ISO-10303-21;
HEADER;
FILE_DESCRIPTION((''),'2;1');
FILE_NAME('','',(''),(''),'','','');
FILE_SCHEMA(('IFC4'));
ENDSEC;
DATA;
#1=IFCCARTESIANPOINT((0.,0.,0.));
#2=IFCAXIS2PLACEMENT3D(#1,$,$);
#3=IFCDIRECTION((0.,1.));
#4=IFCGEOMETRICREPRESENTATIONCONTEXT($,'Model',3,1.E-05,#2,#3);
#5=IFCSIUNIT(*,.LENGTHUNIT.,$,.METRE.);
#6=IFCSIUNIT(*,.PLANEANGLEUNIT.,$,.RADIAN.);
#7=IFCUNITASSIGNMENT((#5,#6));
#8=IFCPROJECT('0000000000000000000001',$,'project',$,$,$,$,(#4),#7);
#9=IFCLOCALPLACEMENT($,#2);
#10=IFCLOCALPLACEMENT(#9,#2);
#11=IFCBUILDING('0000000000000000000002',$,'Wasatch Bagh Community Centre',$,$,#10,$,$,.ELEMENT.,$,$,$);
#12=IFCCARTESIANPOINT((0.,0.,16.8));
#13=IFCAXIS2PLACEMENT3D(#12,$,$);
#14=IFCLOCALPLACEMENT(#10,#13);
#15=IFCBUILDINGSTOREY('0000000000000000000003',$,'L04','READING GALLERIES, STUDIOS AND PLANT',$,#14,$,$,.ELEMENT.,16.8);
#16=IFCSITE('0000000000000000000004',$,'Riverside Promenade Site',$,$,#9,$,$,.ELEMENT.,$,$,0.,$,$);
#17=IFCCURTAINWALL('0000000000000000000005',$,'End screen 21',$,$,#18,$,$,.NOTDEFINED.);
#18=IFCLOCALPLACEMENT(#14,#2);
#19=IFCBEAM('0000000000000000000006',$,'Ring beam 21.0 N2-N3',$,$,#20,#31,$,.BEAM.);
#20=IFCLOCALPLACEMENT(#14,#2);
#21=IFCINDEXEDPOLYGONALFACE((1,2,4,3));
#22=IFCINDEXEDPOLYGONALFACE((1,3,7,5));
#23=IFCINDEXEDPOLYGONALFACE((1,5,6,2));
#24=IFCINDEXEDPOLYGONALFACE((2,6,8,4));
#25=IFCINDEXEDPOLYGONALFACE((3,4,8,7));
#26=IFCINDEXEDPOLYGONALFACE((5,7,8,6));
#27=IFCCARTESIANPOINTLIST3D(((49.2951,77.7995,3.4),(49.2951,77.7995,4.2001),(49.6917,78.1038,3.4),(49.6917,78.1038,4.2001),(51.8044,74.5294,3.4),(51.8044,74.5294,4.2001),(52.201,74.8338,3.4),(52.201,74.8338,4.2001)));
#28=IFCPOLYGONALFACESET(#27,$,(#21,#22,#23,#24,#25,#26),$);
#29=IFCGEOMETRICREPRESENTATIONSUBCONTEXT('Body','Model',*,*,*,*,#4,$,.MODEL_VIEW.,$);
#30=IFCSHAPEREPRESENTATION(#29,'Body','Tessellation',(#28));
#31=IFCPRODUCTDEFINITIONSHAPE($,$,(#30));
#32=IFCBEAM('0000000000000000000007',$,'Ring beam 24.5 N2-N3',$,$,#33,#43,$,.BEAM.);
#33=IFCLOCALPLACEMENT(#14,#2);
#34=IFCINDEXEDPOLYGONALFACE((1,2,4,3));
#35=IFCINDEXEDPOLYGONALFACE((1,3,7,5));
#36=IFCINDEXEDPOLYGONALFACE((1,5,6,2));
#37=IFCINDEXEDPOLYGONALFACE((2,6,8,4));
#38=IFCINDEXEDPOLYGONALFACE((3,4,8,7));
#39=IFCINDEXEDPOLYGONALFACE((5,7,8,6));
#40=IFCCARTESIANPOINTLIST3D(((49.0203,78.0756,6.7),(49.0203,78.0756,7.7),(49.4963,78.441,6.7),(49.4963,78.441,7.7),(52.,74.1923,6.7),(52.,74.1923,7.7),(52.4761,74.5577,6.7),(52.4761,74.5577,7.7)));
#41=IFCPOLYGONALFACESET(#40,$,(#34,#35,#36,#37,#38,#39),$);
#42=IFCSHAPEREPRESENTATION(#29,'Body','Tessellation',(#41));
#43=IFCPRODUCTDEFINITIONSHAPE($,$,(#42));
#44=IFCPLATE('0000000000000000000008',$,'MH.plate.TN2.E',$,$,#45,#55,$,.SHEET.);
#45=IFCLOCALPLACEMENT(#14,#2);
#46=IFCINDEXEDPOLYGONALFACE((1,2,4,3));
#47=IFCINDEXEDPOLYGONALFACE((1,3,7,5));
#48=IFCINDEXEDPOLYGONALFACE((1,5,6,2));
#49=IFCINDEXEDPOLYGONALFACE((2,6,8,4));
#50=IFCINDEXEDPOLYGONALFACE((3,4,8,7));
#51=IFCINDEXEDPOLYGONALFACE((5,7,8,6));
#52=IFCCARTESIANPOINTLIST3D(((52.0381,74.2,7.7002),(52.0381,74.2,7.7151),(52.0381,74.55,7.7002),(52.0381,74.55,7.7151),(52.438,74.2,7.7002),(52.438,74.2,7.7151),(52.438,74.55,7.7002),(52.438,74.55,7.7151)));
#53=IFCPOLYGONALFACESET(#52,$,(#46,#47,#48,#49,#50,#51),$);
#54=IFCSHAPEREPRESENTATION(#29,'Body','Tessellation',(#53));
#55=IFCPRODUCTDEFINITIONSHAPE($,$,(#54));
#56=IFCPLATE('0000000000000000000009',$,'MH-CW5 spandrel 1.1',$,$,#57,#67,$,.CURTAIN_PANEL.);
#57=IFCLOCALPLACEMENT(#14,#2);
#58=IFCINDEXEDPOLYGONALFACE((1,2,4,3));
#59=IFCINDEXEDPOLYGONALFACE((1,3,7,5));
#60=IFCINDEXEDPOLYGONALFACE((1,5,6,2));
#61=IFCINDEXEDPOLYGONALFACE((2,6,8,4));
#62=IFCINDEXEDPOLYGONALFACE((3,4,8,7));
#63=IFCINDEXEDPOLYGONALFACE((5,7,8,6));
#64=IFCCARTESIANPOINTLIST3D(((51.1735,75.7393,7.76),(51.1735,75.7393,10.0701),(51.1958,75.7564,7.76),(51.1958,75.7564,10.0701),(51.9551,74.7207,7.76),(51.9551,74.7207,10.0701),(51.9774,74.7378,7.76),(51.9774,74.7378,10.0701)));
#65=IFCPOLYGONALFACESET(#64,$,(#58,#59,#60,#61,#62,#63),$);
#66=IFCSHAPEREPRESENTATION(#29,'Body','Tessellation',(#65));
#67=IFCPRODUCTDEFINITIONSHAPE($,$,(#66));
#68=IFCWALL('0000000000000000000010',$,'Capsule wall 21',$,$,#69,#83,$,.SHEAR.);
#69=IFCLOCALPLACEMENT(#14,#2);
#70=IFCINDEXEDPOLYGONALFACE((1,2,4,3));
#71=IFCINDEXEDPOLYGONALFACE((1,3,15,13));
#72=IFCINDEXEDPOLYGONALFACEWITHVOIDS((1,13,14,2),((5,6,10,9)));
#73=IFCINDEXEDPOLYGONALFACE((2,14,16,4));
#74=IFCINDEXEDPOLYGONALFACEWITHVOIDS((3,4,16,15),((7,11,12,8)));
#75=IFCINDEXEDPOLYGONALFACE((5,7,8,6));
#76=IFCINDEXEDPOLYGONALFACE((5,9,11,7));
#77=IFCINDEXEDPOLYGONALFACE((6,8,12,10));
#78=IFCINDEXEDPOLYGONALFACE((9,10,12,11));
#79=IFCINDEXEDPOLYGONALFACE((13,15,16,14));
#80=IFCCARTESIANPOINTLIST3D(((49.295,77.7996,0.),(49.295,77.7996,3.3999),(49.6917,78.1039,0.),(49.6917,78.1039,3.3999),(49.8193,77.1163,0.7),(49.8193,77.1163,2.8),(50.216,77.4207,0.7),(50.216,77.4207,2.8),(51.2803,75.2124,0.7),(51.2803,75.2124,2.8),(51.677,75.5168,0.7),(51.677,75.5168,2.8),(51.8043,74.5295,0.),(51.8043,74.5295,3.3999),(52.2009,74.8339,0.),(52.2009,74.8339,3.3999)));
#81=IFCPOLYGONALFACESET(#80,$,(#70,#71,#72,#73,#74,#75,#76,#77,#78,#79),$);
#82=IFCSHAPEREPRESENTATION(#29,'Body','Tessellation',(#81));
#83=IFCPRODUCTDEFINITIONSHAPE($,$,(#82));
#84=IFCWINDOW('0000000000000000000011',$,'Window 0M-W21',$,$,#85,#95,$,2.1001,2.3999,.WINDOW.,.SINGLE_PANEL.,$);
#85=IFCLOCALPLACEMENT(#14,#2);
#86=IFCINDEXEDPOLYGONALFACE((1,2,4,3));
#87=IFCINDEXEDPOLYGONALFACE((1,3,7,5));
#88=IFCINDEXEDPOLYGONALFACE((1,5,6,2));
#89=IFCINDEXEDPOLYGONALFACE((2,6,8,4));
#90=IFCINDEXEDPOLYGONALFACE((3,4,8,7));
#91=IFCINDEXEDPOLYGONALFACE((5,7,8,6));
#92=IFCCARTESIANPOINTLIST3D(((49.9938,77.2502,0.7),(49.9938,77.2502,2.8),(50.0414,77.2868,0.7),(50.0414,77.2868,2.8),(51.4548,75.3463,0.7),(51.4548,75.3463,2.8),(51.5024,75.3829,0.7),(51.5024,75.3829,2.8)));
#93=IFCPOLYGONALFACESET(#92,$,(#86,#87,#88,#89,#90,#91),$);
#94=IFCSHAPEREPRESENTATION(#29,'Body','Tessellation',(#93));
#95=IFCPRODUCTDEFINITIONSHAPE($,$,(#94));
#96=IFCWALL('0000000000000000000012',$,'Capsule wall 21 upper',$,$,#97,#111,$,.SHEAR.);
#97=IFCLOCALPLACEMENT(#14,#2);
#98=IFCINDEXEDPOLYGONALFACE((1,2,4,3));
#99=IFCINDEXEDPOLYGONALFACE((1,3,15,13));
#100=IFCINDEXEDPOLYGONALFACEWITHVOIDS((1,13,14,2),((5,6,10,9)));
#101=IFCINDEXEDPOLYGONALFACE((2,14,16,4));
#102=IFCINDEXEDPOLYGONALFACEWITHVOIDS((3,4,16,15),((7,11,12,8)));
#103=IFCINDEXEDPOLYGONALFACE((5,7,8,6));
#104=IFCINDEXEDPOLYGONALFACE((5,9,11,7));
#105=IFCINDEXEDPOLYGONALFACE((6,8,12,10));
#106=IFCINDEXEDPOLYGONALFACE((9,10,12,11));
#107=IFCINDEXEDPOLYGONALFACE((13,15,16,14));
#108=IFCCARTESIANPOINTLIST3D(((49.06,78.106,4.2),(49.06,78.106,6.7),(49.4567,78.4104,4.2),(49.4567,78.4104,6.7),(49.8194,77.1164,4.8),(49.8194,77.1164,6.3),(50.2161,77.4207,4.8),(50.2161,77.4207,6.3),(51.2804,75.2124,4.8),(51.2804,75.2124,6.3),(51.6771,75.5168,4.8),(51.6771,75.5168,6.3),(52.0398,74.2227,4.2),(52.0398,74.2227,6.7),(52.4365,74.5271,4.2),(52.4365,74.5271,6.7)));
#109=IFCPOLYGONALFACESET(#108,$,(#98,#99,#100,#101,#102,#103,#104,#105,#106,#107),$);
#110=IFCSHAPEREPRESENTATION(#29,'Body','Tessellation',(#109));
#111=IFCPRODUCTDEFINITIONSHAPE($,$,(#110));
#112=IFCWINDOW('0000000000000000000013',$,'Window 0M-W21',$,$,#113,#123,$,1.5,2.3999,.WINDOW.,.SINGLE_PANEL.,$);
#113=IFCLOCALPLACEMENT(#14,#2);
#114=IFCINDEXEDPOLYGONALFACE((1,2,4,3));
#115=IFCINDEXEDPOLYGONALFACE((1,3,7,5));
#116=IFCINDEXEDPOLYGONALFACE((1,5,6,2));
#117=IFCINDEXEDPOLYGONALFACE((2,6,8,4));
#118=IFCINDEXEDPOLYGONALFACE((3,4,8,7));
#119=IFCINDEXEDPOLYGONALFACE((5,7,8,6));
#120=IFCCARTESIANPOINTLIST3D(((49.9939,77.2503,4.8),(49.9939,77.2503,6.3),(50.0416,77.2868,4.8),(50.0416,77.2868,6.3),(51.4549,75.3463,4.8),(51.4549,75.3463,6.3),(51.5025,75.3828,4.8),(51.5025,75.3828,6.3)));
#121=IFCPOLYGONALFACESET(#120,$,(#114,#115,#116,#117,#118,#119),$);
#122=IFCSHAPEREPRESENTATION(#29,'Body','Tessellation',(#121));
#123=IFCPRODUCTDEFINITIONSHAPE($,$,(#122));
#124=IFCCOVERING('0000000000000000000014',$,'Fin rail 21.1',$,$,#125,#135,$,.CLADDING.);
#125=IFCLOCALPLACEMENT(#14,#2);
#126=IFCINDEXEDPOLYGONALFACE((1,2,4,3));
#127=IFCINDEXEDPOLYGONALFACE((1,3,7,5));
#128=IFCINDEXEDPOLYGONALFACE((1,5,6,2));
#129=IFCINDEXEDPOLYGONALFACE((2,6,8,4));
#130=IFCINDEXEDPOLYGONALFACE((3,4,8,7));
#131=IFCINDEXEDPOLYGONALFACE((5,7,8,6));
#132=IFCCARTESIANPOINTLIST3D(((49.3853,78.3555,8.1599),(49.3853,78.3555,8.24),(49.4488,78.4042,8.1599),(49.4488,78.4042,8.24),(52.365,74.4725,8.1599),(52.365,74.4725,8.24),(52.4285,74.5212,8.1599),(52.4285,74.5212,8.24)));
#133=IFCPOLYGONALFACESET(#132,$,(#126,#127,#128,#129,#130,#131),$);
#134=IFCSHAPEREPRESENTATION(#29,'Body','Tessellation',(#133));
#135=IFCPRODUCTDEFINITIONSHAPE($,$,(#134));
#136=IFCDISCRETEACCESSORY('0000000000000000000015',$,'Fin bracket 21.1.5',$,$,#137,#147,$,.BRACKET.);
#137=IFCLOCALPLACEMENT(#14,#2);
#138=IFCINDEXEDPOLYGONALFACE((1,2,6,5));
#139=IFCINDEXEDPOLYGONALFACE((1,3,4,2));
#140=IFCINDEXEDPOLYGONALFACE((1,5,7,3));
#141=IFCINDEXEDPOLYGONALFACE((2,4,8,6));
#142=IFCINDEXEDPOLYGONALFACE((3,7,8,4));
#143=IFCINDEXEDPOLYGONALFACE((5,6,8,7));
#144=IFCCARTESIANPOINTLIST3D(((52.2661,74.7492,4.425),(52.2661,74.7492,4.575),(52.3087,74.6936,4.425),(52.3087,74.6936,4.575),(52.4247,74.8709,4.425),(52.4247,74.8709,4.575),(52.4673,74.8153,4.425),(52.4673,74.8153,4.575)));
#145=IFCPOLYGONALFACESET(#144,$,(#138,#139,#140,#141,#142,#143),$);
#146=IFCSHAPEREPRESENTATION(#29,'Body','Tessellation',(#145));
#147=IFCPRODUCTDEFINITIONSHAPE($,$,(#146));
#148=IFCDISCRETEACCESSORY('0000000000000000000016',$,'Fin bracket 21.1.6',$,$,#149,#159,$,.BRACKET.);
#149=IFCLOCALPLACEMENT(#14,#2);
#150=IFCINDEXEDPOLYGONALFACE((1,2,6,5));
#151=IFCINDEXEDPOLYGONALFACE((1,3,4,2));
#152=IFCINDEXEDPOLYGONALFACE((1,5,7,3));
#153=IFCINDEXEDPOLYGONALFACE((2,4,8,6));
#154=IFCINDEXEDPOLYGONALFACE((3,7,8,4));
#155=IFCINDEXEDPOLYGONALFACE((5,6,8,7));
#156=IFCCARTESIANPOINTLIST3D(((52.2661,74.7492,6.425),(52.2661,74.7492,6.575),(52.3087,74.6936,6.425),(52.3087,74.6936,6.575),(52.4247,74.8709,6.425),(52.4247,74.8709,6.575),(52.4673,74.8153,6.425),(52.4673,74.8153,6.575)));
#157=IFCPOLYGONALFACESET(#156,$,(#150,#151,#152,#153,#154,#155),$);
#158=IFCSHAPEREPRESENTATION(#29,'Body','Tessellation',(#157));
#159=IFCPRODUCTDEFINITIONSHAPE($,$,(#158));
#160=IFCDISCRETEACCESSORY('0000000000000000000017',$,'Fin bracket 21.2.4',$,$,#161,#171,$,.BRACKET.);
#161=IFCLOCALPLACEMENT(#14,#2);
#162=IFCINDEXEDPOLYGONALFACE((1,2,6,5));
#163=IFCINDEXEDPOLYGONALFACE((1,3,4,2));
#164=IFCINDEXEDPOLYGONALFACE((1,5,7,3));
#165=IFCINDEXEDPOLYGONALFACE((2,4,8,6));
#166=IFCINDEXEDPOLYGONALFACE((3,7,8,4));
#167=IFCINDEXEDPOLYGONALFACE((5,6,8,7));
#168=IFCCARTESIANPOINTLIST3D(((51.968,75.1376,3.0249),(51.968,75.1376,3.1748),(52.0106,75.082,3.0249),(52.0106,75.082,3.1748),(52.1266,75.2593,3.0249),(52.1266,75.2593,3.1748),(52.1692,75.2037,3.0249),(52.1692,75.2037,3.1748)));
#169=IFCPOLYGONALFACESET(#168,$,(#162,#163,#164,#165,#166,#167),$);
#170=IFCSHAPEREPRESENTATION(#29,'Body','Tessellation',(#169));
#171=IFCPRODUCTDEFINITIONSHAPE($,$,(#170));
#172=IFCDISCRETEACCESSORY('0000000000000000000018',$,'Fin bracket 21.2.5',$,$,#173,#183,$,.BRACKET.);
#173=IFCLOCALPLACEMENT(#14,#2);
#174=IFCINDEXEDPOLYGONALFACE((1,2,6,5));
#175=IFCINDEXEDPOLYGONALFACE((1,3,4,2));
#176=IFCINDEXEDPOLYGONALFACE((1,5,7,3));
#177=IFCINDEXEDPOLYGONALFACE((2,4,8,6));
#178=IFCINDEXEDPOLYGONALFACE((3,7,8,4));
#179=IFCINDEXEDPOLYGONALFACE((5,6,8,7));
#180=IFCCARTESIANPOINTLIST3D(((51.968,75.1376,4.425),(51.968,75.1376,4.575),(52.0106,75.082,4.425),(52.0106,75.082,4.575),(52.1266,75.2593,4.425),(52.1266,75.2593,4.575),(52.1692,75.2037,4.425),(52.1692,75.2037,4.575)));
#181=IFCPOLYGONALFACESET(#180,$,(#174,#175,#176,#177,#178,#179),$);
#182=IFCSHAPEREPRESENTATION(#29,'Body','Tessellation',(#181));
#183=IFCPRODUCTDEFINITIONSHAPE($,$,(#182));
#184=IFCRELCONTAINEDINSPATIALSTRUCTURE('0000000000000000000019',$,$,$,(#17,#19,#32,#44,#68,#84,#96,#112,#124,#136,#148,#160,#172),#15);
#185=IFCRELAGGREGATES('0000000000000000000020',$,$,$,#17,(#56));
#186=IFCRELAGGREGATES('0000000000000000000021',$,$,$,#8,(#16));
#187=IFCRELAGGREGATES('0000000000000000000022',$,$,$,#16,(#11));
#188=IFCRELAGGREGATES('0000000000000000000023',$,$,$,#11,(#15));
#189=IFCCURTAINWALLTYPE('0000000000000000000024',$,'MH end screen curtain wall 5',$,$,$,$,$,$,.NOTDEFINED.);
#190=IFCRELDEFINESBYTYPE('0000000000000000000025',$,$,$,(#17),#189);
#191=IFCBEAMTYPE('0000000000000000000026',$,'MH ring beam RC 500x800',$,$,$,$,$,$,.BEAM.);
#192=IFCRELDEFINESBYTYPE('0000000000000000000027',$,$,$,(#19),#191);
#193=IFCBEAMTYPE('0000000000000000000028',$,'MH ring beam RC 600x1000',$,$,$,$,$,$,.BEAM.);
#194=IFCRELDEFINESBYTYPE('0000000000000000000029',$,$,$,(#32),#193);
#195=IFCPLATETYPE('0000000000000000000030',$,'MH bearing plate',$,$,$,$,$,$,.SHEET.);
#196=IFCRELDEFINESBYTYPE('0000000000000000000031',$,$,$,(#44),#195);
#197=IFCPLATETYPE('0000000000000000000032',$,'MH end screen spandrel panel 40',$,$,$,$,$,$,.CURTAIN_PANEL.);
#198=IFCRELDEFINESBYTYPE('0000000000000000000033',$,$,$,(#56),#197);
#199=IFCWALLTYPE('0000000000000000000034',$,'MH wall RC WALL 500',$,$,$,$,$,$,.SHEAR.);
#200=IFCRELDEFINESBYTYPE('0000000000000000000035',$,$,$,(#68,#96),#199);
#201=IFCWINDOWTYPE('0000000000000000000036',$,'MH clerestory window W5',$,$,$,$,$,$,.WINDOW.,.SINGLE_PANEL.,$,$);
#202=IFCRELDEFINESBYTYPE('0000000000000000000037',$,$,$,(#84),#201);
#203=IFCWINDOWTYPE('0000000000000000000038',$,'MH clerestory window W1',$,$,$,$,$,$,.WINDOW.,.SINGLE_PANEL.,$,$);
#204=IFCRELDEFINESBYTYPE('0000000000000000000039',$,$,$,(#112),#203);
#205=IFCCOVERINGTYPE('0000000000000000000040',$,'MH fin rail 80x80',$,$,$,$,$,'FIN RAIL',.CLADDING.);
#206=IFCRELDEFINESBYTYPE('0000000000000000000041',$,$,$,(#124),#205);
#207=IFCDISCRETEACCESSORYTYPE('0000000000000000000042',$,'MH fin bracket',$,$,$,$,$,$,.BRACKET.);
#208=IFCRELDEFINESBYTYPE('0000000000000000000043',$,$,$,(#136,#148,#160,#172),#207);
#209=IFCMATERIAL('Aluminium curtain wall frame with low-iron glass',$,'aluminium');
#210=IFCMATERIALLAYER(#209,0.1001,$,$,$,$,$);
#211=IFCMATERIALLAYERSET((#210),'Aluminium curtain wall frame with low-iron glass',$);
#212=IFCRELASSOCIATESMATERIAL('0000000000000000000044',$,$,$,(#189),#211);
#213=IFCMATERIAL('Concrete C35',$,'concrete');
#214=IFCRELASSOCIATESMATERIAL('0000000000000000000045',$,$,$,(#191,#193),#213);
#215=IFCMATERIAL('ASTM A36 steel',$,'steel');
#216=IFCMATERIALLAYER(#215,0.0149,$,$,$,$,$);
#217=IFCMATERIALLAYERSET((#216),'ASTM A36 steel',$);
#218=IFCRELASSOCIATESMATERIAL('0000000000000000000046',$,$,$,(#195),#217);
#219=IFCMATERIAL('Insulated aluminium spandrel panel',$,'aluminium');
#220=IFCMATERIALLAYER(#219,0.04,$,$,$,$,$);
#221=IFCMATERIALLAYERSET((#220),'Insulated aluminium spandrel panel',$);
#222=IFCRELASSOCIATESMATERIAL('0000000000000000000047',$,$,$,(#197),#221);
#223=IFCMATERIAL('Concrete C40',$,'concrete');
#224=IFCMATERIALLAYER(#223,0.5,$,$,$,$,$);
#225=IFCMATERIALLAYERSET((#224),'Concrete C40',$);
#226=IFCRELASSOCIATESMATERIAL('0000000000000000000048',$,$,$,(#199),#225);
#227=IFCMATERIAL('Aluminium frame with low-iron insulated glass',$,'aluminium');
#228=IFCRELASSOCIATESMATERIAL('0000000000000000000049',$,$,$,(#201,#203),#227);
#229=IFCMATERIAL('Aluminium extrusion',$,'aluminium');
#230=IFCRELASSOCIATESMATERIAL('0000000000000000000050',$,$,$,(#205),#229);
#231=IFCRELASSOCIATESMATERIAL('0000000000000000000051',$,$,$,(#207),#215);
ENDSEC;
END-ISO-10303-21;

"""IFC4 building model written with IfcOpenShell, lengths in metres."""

from ifc_helpers import new_model, si_unit, direction, frame, frame_2d, origin, origin_2d, place, context, subcontext, project, spatial, rectangle, extrude, material, layer, layer_set, material_profile, profile_set, type_object, element, fill, aggregate, save


model = new_model("IFC4")

# Units and contexts
model_context = context("Model", 3, precision=1e-05, world=origin(), true_north=direction((0.0, 1.0)))
body_context = subcontext(model_context, "Body", "Model", "MODEL_VIEW")
ifc_project = project(units=[si_unit("LENGTHUNIT", "METRE"), si_unit("PLANEANGLEUNIT", "RADIAN")], contexts=[model_context])

# Site, building, storey
site_placement = place(None, origin())
site = spatial("IfcSite", under=ifc_project, at=site_placement, Name="Riverside Promenade Site", CompositionType="ELEMENT", RefElevation=0.0)
building_placement = place(site_placement, origin())
building = spatial("IfcBuilding", under=site, at=building_placement, Name="Wasatch Bagh Community Centre", CompositionType="ELEMENT")
storey_placement = place(building_placement, frame((0.0, 0.0, 16.8)))
storey = spatial("IfcBuildingStorey", under=building, at=storey_placement, Name="L04", Description="READING GALLERIES, STUDIOS AND PLANT", CompositionType="ELEMENT", Elevation=16.8)

# Shared definitions
ifc_material_1 = material(Name="Concrete C40", Category="concrete")

# Curtain wall
ifc_material_2 = material(Name="Aluminium curtain wall frame with low-iron glass", Category="aluminium")
ifc_layer_1 = layer(ifc_material_2, 0.1001)
ifc_layer_set_1 = layer_set([ifc_layer_1], Name="Aluminium curtain wall frame with low-iron glass")
curtain_wall_type = type_object("IfcCurtainWallType", Name="MH end screen curtain wall 5", PredefinedType="NOTDEFINED", material=ifc_layer_set_1)
curtain_wall_placement = place(storey_placement, origin())
curtain_wall = element("IfcCurtainWall", 1, at=curtain_wall_placement, inside=storey, type_object=curtain_wall_type, Name="End screen 21", PredefinedType="NOTDEFINED")
ifc_material_3 = material(Name="Aluminium extrusion", Category="aluminium")

# Beams
ifc_material_4 = material(Name="Concrete C35", Category="concrete")
ifc_material_profile_1 = material_profile(ifc_material_4, rectangle(XDim=0.5, YDim=0.8, at=origin_2d()), Name="RC 500x800")
ifc_profile_set_1 = profile_set([ifc_material_profile_1], Name="Concrete C35")
beam_type_1 = type_object("IfcBeamType", Name="MH ring beam RC 500x800", PredefinedType="BEAM", material=ifc_profile_set_1)
beam_1_placement = place(storey_placement, frame((52.0027, 74.6816, 3.8), z_axis=(-0.608777, 0.793341, 0.0), x_axis=(-0.793341, -0.608777, 0.0)))
element("IfcBeam", 2, at=beam_1_placement, inside=storey, type_object=beam_type_1, Name="Ring beam 21.0 N2-N3", PredefinedType="BEAM", context=body_context, shape_type="SweptSolid", body=[
    extrude(rectangle(XDim=0.5, YDim=0.8, at=origin_2d()), origin(), (0.0, 0.0, 1.0), 4.1218),
])
ifc_material_profile_2 = material_profile(ifc_material_4, rectangle(XDim=0.6001, YDim=1.0, at=origin_2d()), Name="RC 600x1000")
ifc_profile_set_2 = profile_set([ifc_material_profile_2], Name="Concrete C35")
beam_type_2 = type_object("IfcBeamType", Name="MH ring beam RC 600x1000", PredefinedType="BEAM", material=ifc_profile_set_2)
beam_2_placement = place(storey_placement, frame((52.238, 74.375, 7.2), z_axis=(-0.608758, 0.793356, 0.0), x_axis=(-0.793356, -0.608758, 0.0)))
element("IfcBeam", 3, at=beam_2_placement, inside=storey, type_object=beam_type_2, Name="Ring beam 24.5 N2-N3", PredefinedType="BEAM", context=body_context, shape_type="SweptSolid", body=[
    extrude(rectangle(XDim=0.6001, YDim=1.0, at=origin_2d()), origin(), (0.0, 0.0, 1.0), 4.8948),
])

# Plates
ifc_material_5 = material(Name="ASTM A36 steel", Category="steel")
ifc_layer_2 = layer(ifc_material_5, 0.0149)
ifc_layer_set_2 = layer_set([ifc_layer_2], Name="ASTM A36 steel")
plate_type_1 = type_object("IfcPlateType", Name="MH bearing plate", PredefinedType="SHEET", material=ifc_layer_set_2)
plate_1_placement = place(storey_placement, frame((52.238, 74.375, 7.7002), z_axis=(0.0, 0.0, 1.0), x_axis=(1.0, 0.0, 0.0)))
element("IfcPlate", 4, at=plate_1_placement, inside=storey, type_object=plate_type_1, Name="MH.plate.TN2.E", PredefinedType="SHEET", context=body_context, shape_type="SweptSolid", body=[
    extrude(rectangle(XDim=0.3999, YDim=0.3501, at=origin_2d()), origin(), (0.0, 0.0, 1.0), 0.0149),
])
ifc_material_6 = material(Name="Insulated aluminium spandrel panel", Category="aluminium")
ifc_layer_3 = layer(ifc_material_6, 0.04)
ifc_layer_set_3 = layer_set([ifc_layer_3], Name="Insulated aluminium spandrel panel")
plate_type_2 = type_object("IfcPlateType", Name="MH end screen spandrel panel 40", PredefinedType="CURTAIN_PANEL", material=ifc_layer_set_3)
plate_2_placement = place(storey_placement, frame((51.5754, 75.2385, 7.76), z_axis=(0.0, 0.0, 1.0), x_axis=(-0.608761, 0.793353, 0.0)))
plate_2 = element("IfcPlate", 5, at=plate_2_placement, type_object=plate_type_2, Name="MH-CW5 spandrel 1.1", PredefinedType="CURTAIN_PANEL", context=body_context, shape_type="SweptSolid", body=[
    extrude(rectangle(XDim=1.2839, YDim=0.0281, at=origin_2d()), origin(), (0.0, 0.0, 1.0), 2.3101),
])
aggregate(curtain_wall, [plate_2])

# Walls, openings, windows
ifc_layer_4 = layer(ifc_material_1, 0.5)
ifc_layer_set_4 = layer_set([ifc_layer_4], Name="Concrete C40")
wall_type = type_object("IfcWallType", Name="MH wall RC WALL 500", PredefinedType="SHEAR", material=ifc_layer_set_4)
wall_1_placement = place(storey_placement, frame((52.0027, 74.6816, 0.0), z_axis=(0.0, 0.0, 1.0), x_axis=(-0.608777, 0.793341, 0.0)))
wall_1 = element("IfcWall", 6, at=wall_1_placement, inside=storey, type_object=wall_type, Name="Capsule wall 21", PredefinedType="SHEAR", context=body_context, shape_type="SweptSolid", body=[
    extrude(rectangle(XDim=4.1218, YDim=0.5, at=frame_2d((2.061, 0.0))), origin(), (0.0, 0.0, 1.0), 3.3999),
])
opening_1_placement = place(wall_1_placement, frame((0.8608, 0.0, 0.7)))
opening_1 = element("IfcOpeningElement", 7, at=opening_1_placement, cuts=wall_1, PredefinedType="OPENING", context=body_context, shape_type="SweptSolid", body=[
    extrude(rectangle(XDim=2.3999, YDim=2.1001, at=frame_2d((1.2, 1.05))), frame((0.0, 0.26, 0.0), z_axis=(0.0, -1.0, 0.0), x_axis=(1.0, 0.0, 0.0)), (0.0, 0.0, 1.0), 0.52),
])
ifc_material_7 = material(Name="Aluminium frame with low-iron insulated glass", Category="aluminium")
window_type_1 = type_object("IfcWindowType", Name="MH clerestory window W5", PartitioningType="SINGLE_PANEL", PredefinedType="WINDOW", material=ifc_material_7)
window_1_placement = place(opening_1_placement, origin())
window_1 = element("IfcWindow", 8, at=window_1_placement, inside=storey, type_object=window_type_1, Name="Window 0M-W21", OverallHeight=2.1001, OverallWidth=2.3999, PartitioningType="SINGLE_PANEL", PredefinedType="WINDOW", context=body_context, shape_type="SweptSolid", body=[
    extrude(rectangle(XDim=2.3999, YDim=2.1001, at=frame_2d((1.2, 1.05))), frame((0.0, 0.03, 0.0), z_axis=(0.0, -1.0, 0.0), x_axis=(1.0, 0.0, 0.0)), (0.0, 0.0, 1.0), 0.0601),
])
fill(opening_1, window_1)
wall_2_placement = place(storey_placement, frame((52.238, 74.375, 4.2), z_axis=(0.0, 0.0, 1.0), x_axis=(-0.608758, 0.793356, 0.0)))
wall_2 = element("IfcWall", 9, at=wall_2_placement, inside=storey, type_object=wall_type, Name="Capsule wall 21 upper", PredefinedType="SHEAR", context=body_context, shape_type="SweptSolid", body=[
    extrude(rectangle(XDim=4.8948, YDim=0.5, at=frame_2d((2.4473, 0.0))), origin(), (0.0, 0.0, 1.0), 2.5),
])
opening_2_placement = place(wall_2_placement, frame((1.2473, 0.0, 0.6001)))
opening_2 = element("IfcOpeningElement", 10, at=opening_2_placement, cuts=wall_2, PredefinedType="OPENING", context=body_context, shape_type="SweptSolid", body=[
    extrude(rectangle(XDim=2.3999, YDim=1.5, at=frame_2d((1.2, 0.75))), frame((0.0, 0.26, 0.0), z_axis=(0.0, -1.0, 0.0), x_axis=(1.0, 0.0, 0.0)), (0.0, 0.0, 1.0), 0.52),
])
window_type_2 = type_object("IfcWindowType", Name="MH clerestory window W1", PartitioningType="SINGLE_PANEL", PredefinedType="WINDOW", material=ifc_material_7)
window_2_placement = place(opening_2_placement, origin())
window_2 = element("IfcWindow", 11, at=window_2_placement, inside=storey, type_object=window_type_2, Name="Window 0M-W21", OverallHeight=1.5, OverallWidth=2.3999, PartitioningType="SINGLE_PANEL", PredefinedType="WINDOW", context=body_context, shape_type="SweptSolid", body=[
    extrude(rectangle(XDim=2.3999, YDim=1.5, at=frame_2d((1.2, 0.75))), frame((0.0, 0.03, 0.0), z_axis=(0.0, -1.0, 0.0), x_axis=(1.0, 0.0, 0.0)), (0.0, 0.0, 1.0), 0.0601),
])
fill(opening_2, window_2)

# Covering
ifc_material_profile_3 = material_profile(ifc_material_3, rectangle(XDim=0.0801, YDim=0.0801, at=origin_2d()), Name="AL 80x80")
ifc_profile_set_3 = profile_set([ifc_material_profile_3], Name="Aluminium extrusion")
covering_type = type_object("IfcCoveringType", Name="MH fin rail 80x80", ElementType="FIN RAIL", PredefinedType="CLADDING", material=ifc_profile_set_3)
covering_placement = place(storey_placement, frame((52.3967, 74.4968, 8.2), z_axis=(-0.608782, 0.793337, 0.0), x_axis=(-0.793337, -0.608782, 0.0)))
element("IfcCovering", 12, at=covering_placement, inside=storey, type_object=covering_type, Name="Fin rail 21.1", PredefinedType="CLADDING", context=body_context, shape_type="SweptSolid", body=[
    extrude(rectangle(XDim=0.0801, YDim=0.0801, at=origin_2d()), origin(), (0.0, 0.0, 1.0), 4.8945),
])

# Discrete accessories
discrete_accessory_type_1 = type_object("IfcDiscreteAccessoryType", Name="MH fin bracket", PredefinedType="BRACKET", material=ifc_material_5)
for number, where, z_axis, x_axis, name in (
    (13, (52.3667, 74.7822, 4.425), (0.0, 0.0, 1.0), (-0.608761, 0.793353, 0.0), "Fin bracket 21.1.5"),
    (14, (52.3667, 74.7822, 6.425), (0.0, 0.0, 1.0), (-0.608761, 0.793353, 0.0), "Fin bracket 21.1.6"),
    (15, (52.0686, 75.1707, 3.0249), (0.0, 0.0, 1.0), (-0.608761, 0.793353, 0.0), "Fin bracket 21.2.4"),
    (16, (52.0686, 75.1707, 4.425), (0.0, 0.0, 1.0), (-0.608761, 0.793353, 0.0), "Fin bracket 21.2.5"),
):
    element("IfcDiscreteAccessory", number, at=place(storey_placement, frame(where, z_axis=z_axis, x_axis=x_axis)), inside=storey, type_object=discrete_accessory_type_1, Name=name, PredefinedType="BRACKET", context=body_context, shape_type="SweptSolid", body=[
        extrude(rectangle(XDim=0.0701, YDim=0.2, at=origin_2d()), origin(), (0.0, 0.0, 1.0), 0.1499),
    ])

save(model, "model.ifc")
